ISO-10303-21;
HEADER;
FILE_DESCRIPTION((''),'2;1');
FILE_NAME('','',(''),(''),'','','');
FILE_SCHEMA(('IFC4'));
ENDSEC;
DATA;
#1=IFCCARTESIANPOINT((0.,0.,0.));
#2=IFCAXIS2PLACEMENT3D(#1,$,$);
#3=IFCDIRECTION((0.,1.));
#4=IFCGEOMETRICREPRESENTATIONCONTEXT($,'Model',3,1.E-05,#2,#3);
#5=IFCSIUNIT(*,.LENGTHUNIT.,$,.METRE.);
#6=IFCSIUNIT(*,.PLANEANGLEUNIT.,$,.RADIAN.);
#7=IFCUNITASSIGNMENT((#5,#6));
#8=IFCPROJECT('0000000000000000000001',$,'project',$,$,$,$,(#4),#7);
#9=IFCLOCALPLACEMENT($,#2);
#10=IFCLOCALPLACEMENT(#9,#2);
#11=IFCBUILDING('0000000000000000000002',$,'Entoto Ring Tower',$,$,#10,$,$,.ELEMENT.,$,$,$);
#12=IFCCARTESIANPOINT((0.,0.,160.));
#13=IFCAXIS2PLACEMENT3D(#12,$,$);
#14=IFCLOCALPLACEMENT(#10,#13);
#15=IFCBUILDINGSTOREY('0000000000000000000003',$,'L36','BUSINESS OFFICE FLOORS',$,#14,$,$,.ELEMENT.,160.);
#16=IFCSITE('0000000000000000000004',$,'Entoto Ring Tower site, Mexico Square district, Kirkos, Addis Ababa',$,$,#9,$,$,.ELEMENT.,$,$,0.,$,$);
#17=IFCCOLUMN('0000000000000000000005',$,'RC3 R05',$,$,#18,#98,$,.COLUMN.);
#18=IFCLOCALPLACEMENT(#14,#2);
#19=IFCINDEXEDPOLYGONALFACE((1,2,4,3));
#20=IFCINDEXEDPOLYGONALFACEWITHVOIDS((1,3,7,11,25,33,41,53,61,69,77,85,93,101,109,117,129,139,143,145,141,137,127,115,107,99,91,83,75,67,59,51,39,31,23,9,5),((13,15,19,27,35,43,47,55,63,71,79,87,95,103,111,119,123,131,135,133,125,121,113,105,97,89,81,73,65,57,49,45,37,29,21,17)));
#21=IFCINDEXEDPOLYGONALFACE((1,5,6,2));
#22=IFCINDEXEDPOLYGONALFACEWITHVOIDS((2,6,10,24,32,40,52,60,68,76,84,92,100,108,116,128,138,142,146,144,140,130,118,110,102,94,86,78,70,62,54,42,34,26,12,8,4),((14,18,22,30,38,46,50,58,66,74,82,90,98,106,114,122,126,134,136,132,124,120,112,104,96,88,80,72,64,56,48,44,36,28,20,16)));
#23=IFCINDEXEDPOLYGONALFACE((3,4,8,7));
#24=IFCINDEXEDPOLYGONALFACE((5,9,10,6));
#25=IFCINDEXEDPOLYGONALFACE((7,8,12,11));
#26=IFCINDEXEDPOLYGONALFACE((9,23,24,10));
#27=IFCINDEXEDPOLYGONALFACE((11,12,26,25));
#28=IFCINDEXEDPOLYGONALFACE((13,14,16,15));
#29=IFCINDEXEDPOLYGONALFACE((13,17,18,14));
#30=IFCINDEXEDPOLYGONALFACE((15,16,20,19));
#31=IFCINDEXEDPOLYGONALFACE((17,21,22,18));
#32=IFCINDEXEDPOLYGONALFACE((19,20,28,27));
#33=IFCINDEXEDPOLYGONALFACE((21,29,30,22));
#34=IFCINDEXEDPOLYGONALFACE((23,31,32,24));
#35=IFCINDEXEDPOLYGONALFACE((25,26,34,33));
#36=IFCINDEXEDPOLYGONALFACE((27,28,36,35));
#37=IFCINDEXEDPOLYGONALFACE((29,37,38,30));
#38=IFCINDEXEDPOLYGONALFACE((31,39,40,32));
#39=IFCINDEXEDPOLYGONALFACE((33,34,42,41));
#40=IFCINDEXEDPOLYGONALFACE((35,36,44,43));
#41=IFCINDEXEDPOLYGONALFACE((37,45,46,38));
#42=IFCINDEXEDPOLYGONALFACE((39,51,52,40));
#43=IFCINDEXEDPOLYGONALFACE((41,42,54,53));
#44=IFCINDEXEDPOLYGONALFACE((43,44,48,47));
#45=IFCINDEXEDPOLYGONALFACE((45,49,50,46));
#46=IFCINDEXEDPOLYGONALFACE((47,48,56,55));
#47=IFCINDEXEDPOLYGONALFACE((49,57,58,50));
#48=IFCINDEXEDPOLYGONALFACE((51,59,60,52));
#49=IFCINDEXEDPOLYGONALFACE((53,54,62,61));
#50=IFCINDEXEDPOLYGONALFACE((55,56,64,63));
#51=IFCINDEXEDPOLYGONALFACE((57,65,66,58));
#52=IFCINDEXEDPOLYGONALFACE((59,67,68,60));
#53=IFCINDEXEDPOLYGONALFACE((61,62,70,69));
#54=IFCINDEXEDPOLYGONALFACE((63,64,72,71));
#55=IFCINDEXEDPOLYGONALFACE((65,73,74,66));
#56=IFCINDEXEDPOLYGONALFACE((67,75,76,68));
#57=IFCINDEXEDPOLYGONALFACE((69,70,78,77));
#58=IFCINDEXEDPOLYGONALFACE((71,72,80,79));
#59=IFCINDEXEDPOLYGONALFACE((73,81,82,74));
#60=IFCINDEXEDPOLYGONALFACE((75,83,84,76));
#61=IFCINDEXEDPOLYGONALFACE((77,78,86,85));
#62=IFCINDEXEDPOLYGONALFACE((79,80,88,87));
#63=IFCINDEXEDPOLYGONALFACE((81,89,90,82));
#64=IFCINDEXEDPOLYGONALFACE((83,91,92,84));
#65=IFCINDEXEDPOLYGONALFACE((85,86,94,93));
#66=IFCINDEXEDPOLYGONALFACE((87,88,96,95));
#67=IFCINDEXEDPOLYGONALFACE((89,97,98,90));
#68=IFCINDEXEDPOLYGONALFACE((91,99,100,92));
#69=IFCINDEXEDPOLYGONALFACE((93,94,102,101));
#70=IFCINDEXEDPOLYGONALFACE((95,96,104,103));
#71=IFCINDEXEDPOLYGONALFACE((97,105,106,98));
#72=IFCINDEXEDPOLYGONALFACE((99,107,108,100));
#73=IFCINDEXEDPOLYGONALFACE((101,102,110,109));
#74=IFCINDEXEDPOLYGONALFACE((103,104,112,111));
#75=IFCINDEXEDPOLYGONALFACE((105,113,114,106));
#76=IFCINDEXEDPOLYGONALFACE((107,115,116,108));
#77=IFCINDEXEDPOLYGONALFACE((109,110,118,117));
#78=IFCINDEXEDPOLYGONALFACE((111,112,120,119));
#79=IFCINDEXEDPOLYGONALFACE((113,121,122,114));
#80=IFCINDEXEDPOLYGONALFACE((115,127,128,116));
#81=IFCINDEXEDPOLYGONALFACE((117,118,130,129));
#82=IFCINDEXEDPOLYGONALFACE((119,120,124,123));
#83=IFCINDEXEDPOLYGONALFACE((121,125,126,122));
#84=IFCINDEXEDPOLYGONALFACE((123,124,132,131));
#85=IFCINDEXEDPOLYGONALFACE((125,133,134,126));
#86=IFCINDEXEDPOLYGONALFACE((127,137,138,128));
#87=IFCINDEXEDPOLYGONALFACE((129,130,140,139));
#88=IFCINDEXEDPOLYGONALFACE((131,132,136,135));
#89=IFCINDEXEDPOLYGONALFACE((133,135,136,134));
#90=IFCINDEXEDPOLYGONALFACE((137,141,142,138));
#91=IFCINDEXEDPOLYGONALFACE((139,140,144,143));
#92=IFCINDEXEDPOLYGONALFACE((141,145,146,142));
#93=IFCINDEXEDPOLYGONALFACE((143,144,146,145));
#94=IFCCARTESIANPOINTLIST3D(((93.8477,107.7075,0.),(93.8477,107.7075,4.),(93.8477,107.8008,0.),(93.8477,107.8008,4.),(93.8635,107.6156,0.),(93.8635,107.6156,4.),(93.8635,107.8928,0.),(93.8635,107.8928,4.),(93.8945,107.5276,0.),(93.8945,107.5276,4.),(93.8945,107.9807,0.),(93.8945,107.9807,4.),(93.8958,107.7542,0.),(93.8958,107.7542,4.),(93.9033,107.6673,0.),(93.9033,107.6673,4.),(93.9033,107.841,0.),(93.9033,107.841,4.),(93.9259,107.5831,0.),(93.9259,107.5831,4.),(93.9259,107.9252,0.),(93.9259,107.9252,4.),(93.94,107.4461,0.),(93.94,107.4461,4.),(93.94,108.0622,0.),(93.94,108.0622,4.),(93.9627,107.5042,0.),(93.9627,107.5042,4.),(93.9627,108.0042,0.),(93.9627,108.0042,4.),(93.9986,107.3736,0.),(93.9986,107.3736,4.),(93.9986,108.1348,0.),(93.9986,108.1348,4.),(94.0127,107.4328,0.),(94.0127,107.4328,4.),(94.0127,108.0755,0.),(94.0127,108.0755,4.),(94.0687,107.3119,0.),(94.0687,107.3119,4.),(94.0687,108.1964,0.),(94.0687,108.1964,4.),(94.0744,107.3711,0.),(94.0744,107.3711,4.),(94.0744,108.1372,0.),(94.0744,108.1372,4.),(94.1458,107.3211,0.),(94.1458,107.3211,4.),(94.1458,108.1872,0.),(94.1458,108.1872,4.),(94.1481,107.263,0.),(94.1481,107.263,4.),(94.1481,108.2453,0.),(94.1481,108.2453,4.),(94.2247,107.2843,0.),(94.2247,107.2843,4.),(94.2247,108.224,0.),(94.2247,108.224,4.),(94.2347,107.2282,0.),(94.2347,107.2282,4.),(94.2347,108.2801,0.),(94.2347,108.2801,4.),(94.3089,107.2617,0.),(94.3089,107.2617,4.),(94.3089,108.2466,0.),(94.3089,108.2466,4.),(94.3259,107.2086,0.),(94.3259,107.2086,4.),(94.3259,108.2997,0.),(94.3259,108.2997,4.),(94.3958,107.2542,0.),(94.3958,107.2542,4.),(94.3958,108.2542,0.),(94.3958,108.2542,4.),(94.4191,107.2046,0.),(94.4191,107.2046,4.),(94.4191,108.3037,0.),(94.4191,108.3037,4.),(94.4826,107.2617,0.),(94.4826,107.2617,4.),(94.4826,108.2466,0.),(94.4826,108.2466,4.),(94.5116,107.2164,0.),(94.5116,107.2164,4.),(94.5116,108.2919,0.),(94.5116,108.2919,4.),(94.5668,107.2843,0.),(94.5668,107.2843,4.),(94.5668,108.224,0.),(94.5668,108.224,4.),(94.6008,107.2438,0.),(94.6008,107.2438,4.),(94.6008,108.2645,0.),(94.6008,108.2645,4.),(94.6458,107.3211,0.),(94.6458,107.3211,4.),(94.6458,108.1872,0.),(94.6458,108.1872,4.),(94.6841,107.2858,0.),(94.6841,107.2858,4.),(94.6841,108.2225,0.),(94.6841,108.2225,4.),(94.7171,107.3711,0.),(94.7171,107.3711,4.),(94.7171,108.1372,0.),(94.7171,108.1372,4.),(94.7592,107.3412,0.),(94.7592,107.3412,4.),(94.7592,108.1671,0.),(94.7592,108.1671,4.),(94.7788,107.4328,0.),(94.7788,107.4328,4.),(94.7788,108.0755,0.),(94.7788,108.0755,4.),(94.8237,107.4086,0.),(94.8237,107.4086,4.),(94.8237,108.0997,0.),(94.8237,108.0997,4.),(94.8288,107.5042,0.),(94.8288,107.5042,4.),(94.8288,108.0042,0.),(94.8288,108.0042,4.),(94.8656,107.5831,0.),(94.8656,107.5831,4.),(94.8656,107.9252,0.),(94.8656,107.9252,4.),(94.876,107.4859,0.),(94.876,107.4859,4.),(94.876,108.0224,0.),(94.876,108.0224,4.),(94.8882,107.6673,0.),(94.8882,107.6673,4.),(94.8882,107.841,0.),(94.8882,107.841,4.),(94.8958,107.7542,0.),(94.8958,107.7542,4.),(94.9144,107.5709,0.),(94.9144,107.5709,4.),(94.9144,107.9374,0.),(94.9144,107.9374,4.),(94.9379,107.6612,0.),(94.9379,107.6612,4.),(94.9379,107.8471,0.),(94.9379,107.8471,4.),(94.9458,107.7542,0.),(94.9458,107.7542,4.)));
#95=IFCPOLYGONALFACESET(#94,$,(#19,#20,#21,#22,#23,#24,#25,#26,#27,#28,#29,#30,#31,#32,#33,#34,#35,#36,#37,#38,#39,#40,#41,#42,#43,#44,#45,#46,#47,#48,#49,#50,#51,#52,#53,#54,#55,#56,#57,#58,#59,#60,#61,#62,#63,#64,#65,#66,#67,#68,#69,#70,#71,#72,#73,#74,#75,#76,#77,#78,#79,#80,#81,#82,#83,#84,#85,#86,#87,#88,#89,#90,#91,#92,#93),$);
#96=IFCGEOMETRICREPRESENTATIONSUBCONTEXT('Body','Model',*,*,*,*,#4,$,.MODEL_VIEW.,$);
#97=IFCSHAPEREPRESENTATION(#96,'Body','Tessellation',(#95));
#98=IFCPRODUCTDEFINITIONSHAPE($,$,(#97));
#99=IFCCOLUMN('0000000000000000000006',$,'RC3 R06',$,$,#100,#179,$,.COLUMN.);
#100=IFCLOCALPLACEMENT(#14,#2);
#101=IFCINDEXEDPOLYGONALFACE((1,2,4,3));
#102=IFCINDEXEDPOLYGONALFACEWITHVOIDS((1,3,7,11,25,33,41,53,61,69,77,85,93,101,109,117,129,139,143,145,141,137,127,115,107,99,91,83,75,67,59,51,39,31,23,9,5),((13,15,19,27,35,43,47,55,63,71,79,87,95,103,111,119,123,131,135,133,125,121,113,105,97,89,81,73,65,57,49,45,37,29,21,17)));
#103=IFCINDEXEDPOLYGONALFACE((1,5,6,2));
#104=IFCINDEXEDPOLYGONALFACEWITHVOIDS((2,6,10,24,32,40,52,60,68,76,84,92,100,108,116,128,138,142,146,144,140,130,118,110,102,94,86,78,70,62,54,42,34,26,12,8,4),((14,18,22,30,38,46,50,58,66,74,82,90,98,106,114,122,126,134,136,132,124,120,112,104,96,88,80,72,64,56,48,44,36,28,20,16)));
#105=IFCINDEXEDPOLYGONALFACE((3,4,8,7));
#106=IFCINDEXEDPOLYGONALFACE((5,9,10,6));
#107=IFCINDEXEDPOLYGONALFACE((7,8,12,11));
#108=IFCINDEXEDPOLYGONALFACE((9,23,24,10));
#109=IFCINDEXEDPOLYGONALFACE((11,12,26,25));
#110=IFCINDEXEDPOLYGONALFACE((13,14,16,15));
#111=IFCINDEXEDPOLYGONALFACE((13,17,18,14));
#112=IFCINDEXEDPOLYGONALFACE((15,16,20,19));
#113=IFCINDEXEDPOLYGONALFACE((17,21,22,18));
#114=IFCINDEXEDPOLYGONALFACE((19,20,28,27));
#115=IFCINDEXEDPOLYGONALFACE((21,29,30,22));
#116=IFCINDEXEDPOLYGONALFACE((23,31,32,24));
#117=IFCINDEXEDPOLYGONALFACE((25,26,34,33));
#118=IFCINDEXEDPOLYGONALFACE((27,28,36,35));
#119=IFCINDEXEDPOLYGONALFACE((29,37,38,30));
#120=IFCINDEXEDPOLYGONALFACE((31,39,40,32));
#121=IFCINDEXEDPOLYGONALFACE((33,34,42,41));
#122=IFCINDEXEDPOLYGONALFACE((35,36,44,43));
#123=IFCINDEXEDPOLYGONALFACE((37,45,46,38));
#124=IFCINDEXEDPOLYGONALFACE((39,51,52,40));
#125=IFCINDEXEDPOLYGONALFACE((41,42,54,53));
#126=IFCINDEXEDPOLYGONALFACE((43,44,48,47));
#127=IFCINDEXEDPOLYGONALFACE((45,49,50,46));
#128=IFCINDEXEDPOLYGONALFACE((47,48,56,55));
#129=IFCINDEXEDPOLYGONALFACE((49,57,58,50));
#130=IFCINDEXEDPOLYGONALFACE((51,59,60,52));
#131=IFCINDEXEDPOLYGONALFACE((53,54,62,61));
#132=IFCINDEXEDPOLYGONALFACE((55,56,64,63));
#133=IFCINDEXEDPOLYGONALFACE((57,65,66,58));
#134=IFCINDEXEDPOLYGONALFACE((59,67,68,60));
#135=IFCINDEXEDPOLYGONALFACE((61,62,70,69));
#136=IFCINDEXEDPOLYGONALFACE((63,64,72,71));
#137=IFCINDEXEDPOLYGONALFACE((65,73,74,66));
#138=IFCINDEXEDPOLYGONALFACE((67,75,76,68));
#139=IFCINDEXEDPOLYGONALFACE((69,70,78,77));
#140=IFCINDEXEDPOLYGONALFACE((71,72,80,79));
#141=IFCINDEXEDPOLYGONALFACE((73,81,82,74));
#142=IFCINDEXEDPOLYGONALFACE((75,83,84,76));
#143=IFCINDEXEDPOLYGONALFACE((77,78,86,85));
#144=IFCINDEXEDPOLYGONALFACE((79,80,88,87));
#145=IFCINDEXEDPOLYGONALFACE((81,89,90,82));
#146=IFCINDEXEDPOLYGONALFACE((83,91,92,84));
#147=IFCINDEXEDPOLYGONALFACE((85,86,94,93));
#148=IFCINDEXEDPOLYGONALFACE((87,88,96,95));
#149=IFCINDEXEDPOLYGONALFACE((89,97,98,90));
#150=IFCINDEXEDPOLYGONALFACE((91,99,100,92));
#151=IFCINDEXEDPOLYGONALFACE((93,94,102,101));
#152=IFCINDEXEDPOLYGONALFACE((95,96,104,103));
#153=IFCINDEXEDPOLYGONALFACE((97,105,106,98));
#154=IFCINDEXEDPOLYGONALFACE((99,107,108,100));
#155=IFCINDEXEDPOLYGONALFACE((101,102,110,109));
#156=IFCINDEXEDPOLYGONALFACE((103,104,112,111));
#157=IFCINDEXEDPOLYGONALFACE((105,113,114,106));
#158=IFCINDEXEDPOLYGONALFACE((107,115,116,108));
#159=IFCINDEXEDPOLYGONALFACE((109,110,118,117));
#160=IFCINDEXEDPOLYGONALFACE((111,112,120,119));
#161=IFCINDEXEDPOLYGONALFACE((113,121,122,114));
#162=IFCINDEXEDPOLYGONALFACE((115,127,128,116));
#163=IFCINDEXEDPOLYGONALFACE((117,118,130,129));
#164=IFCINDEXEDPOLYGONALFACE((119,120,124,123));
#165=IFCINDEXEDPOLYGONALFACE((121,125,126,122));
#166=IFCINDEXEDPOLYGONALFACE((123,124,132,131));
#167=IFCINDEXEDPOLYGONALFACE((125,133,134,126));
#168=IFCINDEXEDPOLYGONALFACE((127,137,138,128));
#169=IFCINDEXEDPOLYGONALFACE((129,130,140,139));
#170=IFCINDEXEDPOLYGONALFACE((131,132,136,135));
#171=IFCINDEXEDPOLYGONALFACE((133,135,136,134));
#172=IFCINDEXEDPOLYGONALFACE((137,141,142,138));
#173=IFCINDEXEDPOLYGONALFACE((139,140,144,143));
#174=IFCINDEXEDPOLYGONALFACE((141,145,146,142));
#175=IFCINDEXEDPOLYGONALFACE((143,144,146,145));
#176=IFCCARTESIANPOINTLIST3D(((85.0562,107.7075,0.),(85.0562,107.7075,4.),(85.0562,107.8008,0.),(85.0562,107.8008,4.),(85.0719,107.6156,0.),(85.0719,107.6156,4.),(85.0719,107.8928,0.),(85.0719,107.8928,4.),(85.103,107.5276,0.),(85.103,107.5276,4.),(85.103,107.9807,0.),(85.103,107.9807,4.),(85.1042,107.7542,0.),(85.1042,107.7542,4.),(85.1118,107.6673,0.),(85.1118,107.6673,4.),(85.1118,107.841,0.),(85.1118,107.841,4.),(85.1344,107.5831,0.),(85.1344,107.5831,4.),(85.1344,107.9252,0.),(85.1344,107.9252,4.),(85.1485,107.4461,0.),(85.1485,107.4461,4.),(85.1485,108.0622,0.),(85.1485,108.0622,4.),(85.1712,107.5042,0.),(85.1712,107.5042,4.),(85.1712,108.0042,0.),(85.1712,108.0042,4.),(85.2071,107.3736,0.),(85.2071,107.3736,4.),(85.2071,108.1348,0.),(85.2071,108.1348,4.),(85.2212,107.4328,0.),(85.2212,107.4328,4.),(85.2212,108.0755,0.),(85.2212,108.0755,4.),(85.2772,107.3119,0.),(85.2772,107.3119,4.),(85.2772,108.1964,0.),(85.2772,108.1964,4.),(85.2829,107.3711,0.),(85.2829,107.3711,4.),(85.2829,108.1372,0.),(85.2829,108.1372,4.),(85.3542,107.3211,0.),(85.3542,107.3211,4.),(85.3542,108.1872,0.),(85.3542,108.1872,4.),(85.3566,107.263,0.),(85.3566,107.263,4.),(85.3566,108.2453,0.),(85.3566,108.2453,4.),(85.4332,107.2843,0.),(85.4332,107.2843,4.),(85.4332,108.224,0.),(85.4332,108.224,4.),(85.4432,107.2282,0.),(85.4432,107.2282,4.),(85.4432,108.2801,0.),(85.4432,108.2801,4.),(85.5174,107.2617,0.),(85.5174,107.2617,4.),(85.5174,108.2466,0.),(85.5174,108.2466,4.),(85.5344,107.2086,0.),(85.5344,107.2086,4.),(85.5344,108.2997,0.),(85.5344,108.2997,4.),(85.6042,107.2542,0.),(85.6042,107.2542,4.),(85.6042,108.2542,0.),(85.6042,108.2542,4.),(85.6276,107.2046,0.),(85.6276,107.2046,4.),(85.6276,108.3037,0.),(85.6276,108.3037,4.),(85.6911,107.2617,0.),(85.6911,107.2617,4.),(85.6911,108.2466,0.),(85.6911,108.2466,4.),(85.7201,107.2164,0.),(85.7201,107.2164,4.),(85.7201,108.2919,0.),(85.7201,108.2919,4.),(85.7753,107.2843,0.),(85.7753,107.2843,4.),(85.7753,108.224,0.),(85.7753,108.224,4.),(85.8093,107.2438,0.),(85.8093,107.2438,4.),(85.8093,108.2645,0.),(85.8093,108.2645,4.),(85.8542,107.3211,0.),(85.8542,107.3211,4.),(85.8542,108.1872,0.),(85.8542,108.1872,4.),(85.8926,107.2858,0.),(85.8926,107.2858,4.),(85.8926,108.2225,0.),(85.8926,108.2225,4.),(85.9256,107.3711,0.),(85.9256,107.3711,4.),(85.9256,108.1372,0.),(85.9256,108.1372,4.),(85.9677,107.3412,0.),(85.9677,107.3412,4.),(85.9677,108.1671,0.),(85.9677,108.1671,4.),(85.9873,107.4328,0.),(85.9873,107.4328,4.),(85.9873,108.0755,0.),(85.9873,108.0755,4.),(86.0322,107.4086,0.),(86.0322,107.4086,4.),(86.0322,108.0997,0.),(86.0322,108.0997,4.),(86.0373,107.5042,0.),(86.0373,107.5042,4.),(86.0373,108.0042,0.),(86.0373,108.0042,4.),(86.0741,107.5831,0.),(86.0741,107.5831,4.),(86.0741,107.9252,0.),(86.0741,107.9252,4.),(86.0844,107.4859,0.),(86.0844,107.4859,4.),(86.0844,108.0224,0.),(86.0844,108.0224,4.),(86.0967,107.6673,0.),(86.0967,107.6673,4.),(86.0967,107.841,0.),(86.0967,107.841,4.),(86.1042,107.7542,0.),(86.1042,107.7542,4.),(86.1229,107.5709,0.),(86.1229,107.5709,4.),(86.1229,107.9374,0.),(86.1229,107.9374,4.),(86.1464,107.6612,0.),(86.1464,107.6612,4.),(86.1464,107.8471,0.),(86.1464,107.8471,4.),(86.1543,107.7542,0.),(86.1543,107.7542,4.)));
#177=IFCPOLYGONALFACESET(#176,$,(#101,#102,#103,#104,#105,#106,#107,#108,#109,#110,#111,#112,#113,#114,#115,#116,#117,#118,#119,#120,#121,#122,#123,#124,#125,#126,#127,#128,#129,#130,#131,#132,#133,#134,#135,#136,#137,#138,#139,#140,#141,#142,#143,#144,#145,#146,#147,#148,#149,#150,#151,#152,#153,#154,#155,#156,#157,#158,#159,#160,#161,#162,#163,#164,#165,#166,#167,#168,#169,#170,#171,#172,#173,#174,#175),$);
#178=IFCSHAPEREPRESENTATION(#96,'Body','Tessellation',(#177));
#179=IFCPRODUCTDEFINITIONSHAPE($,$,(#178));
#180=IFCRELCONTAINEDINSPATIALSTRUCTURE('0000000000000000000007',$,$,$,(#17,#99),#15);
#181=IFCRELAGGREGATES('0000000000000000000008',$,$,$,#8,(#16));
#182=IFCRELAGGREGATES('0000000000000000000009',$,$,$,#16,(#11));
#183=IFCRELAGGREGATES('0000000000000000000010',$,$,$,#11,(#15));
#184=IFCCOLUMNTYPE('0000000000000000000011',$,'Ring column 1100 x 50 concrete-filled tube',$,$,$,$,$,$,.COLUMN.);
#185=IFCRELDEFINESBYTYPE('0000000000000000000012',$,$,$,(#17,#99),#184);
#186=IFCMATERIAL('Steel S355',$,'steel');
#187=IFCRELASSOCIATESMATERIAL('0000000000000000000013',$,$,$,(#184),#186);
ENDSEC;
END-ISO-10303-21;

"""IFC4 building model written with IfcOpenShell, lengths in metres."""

from ifc_helpers import new_model, si_unit, direction, frame, origin, origin_2d, place, context, subcontext, project, spatial, circle, hollow_circle, extrude, material, material_profile, profile_set, type_object, element, save


model = new_model("IFC4")

# Units and contexts
model_context = context("Model", 3, precision=1e-05, world=origin(), true_north=direction((0.0, 1.0)))
body_context = subcontext(model_context, "Body", "Model", "MODEL_VIEW")
ifc_project = project(units=[si_unit("LENGTHUNIT", "METRE"), si_unit("PLANEANGLEUNIT", "RADIAN")], contexts=[model_context])

# Site, building, storey
site_placement = place(None, origin())
site = spatial("IfcSite", under=ifc_project, at=site_placement, Name="Entoto Ring Tower site, Mexico Square district, Kirkos, Addis Ababa", CompositionType="ELEMENT", RefElevation=0.0)
building_placement = place(site_placement, origin())
building = spatial("IfcBuilding", under=site, at=building_placement, Name="Entoto Ring Tower", CompositionType="ELEMENT")
storey_placement = place(building_placement, frame((0.0, 0.0, 160.0)))
storey = spatial("IfcBuildingStorey", under=building, at=storey_placement, Name="L36", Description="BUSINESS OFFICE FLOORS", CompositionType="ELEMENT", Elevation=160.0)

# Columns
ifc_material_1 = material(Name="Steel S355", Category="steel")
ifc_material_profile_1 = material_profile(ifc_material_1, hollow_circle(Radius=0.55, WallThickness=0.05, at=origin_2d()), Name="CHS 1100 x 50")
ifc_material_2 = material(Name="Concrete C60/75", Category="concrete")
ifc_material_profile_2 = material_profile(ifc_material_2, circle(Radius=0.5, at=origin_2d()), Name="Concrete C60/75 infill")
ifc_profile_set_1 = profile_set([ifc_material_profile_1, ifc_material_profile_2], Name="Steel S355")
column_type = type_object("IfcColumnType", Name="Ring column 1100 x 50 concrete-filled tube", PredefinedType="COLUMN", material=ifc_profile_set_1)
for number, where, z_axis, x_axis, name in (
    (1, (94.3958, 107.7542, 0.0), (0.0, 0.0, 1.0), (1.0, 0.0, 0.0), "RC3 R05"),
    (2, (85.6042, 107.7542, 0.0), (0.0, 0.0, 1.0), (1.0, 0.0, 0.0), "RC3 R06"),
):
    element("IfcColumn", number, at=place(storey_placement, frame(where, z_axis=z_axis, x_axis=x_axis)), inside=storey, type_object=column_type, Name=name, PredefinedType="COLUMN", context=body_context, shape_type="SweptSolid", body=[
        extrude(hollow_circle(Radius=0.55, WallThickness=0.05, at=origin_2d()), origin(), (0.0, 0.0, 1.0), 4.0),
    ])

save(model, "model.ifc")
